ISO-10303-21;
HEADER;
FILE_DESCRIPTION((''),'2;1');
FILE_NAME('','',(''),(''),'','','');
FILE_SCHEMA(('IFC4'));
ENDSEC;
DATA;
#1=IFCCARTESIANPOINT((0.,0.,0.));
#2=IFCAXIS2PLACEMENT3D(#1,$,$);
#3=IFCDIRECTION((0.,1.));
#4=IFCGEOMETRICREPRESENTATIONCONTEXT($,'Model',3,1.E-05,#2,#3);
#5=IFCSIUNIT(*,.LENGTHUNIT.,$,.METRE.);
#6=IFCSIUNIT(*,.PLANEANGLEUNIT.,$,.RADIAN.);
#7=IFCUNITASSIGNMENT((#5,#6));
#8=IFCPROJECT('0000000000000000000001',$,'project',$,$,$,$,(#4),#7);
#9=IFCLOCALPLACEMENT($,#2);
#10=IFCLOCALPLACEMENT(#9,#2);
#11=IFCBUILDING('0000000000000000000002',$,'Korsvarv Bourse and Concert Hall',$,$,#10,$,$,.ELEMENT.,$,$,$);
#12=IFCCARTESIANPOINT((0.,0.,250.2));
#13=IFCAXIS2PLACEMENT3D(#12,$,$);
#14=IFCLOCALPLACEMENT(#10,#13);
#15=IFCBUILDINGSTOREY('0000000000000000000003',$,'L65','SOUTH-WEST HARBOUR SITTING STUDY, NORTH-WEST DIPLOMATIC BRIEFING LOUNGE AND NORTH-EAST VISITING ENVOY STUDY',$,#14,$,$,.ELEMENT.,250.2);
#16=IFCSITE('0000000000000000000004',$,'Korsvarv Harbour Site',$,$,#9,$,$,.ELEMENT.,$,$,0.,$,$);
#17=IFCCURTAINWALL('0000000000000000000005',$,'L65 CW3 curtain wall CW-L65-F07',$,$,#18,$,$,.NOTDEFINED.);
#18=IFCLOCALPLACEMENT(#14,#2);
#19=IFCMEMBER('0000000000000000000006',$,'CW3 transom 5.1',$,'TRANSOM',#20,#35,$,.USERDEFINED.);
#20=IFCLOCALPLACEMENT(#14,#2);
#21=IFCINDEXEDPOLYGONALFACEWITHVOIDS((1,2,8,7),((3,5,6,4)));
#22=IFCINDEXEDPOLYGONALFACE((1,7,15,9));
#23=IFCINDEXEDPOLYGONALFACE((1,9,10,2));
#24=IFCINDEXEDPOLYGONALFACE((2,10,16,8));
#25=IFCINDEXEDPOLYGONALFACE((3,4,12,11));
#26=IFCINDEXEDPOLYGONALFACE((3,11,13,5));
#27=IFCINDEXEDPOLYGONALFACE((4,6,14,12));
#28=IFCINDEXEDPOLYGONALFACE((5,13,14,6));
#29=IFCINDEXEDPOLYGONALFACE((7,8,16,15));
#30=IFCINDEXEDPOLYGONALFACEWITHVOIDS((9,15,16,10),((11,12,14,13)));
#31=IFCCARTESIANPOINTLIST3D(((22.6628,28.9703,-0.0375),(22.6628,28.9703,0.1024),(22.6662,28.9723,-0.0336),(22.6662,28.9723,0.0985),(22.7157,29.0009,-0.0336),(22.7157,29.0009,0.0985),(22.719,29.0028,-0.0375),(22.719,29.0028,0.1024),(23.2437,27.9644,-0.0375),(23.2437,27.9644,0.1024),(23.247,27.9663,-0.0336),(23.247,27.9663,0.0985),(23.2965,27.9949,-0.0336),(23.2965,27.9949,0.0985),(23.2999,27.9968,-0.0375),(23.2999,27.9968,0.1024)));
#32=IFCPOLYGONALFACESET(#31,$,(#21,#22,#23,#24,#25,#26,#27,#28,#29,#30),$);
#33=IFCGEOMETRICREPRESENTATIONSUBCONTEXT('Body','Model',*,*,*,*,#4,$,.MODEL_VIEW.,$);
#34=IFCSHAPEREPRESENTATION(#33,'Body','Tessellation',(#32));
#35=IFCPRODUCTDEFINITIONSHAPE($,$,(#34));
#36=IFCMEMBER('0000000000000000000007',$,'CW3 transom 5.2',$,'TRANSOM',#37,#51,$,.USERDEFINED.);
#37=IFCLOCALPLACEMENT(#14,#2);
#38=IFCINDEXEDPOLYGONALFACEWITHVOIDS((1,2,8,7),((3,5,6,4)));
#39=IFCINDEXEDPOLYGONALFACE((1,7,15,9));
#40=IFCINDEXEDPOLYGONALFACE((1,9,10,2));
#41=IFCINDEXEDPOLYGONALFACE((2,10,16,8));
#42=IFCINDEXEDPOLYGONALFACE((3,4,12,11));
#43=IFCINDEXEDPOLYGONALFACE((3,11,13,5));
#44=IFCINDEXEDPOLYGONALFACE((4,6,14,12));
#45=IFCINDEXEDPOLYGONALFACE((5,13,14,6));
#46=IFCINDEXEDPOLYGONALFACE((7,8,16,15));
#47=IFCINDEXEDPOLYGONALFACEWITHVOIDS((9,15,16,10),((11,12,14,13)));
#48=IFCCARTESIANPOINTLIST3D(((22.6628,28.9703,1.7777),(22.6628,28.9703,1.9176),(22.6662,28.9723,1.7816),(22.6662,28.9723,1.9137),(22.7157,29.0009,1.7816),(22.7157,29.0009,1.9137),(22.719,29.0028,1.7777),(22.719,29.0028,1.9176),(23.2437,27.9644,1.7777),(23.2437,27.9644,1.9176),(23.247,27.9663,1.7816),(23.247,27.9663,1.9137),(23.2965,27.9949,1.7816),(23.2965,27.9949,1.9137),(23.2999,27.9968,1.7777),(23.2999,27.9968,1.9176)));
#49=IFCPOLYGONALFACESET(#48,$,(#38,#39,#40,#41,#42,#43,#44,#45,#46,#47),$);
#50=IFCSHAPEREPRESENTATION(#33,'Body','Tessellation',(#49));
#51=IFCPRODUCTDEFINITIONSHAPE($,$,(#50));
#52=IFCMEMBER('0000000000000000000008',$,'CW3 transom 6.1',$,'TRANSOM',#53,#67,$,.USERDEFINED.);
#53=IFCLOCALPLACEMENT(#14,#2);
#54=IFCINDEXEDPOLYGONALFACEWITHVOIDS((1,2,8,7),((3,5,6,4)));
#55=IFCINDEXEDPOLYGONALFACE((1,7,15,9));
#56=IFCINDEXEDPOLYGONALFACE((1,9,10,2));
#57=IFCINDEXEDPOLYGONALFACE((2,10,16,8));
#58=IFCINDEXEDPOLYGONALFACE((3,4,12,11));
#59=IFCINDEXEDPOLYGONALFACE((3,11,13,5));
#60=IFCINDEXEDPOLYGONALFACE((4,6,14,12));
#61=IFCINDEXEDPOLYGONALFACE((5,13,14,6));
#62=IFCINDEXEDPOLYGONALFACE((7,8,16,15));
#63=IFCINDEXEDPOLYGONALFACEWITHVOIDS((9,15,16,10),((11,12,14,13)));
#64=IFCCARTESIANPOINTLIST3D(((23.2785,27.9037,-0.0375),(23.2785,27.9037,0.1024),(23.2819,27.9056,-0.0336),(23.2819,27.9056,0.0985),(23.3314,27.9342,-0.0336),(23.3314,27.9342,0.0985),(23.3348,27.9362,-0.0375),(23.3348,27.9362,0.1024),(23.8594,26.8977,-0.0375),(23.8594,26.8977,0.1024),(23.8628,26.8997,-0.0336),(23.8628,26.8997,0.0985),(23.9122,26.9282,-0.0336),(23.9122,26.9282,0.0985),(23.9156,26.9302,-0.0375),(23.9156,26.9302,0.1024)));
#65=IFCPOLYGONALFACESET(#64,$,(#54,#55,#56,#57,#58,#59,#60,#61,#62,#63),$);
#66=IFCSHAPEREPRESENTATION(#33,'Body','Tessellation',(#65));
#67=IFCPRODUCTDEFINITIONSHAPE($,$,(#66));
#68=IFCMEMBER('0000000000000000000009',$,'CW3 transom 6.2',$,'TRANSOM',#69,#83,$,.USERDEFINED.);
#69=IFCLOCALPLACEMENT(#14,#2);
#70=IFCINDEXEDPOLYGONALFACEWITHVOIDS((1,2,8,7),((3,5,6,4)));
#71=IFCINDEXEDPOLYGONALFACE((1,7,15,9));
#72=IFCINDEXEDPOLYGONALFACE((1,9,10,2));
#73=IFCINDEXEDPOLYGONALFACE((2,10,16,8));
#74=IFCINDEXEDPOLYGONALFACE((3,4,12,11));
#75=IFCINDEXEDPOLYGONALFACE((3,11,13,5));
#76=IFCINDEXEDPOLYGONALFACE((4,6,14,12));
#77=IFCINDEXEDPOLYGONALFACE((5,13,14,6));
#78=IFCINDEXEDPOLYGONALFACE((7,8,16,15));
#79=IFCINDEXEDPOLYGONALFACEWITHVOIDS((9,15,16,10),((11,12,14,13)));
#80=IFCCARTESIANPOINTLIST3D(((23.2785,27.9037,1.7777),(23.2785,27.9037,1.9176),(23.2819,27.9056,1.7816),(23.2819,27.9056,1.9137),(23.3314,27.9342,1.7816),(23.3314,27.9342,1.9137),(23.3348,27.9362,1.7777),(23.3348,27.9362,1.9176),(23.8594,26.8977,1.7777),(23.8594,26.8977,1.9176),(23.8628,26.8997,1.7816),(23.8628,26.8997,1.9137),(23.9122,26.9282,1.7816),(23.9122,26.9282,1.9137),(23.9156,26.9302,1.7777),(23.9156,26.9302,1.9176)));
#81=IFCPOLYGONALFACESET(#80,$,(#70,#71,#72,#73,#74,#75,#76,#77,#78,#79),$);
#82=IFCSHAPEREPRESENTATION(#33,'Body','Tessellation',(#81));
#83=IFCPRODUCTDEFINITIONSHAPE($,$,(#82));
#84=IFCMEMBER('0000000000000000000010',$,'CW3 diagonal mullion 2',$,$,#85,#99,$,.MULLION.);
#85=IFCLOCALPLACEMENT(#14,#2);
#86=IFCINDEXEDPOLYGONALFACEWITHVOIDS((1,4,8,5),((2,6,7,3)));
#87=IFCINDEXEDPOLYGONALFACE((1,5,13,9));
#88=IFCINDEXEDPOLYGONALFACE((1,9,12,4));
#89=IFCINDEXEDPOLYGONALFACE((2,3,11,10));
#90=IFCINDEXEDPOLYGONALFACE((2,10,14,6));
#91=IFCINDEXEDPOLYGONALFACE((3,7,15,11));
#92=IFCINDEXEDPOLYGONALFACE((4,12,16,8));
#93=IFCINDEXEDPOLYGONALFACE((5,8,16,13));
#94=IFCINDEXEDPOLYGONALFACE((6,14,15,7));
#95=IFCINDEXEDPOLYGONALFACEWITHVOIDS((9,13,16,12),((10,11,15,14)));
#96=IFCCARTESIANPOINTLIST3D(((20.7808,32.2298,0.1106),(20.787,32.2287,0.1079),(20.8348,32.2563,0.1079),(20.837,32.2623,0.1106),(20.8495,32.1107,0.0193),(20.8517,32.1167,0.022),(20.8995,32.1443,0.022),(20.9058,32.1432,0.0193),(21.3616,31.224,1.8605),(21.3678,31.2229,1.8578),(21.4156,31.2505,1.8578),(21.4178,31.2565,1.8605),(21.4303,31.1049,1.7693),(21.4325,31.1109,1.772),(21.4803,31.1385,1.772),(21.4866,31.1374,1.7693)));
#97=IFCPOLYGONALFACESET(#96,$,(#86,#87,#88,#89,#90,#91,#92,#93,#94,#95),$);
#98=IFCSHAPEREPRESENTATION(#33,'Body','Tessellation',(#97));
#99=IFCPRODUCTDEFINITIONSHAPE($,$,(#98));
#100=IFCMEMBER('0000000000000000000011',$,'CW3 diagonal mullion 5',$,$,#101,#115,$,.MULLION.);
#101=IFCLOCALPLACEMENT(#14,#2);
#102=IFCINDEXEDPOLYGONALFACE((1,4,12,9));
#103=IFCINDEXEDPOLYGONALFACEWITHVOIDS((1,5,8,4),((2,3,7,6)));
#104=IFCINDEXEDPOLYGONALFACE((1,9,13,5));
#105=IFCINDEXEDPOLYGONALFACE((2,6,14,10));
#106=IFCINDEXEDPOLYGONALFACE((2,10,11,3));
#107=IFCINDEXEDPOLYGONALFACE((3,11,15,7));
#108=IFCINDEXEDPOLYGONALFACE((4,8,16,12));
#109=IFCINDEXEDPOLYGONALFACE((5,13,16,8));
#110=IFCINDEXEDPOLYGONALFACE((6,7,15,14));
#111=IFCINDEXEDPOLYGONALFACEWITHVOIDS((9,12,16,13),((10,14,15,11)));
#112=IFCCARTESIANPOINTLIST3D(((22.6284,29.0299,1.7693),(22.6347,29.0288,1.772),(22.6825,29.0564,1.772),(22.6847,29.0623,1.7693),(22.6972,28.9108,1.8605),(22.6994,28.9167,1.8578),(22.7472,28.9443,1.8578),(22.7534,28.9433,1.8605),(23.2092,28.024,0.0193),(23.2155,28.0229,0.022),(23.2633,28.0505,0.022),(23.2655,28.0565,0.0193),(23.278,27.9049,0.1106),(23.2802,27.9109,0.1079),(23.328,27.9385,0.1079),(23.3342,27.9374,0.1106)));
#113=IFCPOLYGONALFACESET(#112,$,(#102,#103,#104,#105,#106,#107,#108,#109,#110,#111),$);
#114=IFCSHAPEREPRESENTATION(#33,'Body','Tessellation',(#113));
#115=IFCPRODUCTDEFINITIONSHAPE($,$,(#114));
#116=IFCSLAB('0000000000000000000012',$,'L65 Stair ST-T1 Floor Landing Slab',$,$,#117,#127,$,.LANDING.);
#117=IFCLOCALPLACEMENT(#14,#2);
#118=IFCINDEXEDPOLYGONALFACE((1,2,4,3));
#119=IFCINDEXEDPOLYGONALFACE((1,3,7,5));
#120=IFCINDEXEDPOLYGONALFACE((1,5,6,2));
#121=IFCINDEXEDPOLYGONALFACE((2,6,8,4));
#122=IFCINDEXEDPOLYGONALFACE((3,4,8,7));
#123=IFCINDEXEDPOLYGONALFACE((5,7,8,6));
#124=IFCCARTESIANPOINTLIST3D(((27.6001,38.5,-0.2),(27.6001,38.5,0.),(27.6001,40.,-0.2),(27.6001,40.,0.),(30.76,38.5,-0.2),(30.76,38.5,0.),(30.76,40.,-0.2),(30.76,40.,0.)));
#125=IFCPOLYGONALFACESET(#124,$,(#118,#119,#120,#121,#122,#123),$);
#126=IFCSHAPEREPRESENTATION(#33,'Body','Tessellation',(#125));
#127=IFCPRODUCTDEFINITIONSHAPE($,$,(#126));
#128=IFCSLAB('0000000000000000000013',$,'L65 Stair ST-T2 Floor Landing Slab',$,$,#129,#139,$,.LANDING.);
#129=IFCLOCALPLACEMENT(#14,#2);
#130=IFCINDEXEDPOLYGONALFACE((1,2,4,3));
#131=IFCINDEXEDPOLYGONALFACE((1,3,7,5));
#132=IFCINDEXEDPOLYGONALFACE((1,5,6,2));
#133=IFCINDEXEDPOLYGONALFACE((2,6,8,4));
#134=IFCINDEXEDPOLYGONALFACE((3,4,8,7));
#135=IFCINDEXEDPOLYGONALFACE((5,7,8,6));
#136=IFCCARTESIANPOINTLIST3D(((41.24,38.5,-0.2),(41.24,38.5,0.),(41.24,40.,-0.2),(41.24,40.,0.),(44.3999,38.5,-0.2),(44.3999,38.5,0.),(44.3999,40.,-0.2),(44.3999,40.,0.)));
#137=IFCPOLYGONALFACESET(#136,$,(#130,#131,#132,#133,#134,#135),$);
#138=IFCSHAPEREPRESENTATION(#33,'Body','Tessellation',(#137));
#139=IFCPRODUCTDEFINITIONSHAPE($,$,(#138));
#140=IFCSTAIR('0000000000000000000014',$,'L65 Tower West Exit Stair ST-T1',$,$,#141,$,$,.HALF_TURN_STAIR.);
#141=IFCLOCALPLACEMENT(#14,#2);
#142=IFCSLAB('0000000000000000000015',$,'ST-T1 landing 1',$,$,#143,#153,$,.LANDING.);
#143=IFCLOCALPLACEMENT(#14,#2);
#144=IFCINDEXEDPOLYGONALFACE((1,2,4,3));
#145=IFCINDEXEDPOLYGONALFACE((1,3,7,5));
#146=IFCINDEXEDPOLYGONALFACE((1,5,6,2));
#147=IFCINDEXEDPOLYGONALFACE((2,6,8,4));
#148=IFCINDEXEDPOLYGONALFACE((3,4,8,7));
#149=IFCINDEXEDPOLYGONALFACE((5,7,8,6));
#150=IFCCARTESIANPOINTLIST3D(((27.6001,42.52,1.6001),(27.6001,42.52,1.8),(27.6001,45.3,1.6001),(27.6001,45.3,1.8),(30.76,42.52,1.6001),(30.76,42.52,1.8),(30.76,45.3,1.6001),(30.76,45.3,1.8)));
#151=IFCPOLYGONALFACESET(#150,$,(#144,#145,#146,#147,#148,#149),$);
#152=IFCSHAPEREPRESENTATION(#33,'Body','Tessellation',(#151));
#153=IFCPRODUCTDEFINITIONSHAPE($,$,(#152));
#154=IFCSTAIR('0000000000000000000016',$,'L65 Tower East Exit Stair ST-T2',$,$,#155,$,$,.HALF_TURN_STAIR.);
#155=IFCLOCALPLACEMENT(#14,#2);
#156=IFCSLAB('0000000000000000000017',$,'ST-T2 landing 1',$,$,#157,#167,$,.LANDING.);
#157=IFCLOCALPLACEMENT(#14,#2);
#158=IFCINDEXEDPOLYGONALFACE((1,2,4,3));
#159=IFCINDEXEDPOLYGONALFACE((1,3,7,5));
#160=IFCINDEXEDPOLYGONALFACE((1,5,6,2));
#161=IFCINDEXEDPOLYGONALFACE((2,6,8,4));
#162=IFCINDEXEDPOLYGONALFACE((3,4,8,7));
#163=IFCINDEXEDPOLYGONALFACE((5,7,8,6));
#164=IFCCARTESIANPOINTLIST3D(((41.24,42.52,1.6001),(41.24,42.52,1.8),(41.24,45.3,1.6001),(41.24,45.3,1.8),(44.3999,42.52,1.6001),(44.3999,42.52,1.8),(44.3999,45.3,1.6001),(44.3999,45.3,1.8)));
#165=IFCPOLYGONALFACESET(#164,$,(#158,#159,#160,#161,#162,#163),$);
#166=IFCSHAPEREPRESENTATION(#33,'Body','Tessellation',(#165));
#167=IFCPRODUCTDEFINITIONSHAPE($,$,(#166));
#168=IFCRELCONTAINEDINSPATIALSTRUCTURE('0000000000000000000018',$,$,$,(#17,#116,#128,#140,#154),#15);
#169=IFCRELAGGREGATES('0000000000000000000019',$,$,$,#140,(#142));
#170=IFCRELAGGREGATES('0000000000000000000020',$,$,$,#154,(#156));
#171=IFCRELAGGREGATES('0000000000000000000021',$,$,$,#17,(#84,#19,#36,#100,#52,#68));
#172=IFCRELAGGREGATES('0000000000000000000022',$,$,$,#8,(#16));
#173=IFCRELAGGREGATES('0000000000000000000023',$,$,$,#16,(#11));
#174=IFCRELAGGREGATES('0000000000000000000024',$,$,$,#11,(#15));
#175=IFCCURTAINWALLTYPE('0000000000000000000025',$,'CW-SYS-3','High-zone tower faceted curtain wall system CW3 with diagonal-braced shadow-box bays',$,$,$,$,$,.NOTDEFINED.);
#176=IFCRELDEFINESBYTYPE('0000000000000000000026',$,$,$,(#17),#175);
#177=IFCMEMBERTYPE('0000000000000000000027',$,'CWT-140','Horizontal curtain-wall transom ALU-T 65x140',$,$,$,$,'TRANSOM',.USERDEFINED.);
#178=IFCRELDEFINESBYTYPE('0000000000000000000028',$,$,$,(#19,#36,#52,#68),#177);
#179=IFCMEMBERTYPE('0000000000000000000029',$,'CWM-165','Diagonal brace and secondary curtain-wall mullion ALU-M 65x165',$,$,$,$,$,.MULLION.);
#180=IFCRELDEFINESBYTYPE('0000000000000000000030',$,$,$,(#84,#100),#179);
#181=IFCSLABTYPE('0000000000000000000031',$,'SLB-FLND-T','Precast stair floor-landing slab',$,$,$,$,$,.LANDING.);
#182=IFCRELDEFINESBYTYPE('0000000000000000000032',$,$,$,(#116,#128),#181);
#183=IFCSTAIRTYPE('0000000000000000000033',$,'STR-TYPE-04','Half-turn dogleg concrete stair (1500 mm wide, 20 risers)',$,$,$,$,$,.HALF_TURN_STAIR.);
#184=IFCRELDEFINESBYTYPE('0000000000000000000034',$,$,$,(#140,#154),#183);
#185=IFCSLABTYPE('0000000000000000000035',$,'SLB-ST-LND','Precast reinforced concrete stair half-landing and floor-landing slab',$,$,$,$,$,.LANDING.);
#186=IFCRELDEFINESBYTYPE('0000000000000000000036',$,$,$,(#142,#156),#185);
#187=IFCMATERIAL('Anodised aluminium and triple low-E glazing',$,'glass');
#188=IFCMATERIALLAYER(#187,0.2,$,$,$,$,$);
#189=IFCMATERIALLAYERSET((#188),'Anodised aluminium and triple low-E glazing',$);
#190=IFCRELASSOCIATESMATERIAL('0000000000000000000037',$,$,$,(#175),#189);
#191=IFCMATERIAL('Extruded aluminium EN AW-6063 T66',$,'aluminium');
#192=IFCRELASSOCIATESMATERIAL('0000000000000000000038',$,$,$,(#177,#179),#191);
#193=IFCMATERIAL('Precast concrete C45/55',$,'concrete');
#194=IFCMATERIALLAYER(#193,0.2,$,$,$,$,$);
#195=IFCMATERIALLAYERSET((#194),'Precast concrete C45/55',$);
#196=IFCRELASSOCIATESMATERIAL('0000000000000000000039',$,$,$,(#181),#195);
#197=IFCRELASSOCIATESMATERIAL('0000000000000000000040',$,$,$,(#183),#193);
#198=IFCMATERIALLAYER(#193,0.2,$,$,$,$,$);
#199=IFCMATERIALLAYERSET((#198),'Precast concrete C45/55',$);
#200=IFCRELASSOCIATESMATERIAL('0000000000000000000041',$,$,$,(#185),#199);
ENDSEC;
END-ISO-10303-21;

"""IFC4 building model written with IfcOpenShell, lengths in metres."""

from ifc_helpers import new_model, si_unit, direction, frame, origin, origin_2d, place, context, subcontext, project, spatial, polyline, hollow_rectangle, outline, extrude, source, transform, mapped, material, layer, layer_set, material_profile, profile_set, type_object, element, aggregate, save


model = new_model("IFC4")

# Units and contexts
model_context = context("Model", 3, precision=1e-05, world=origin(), true_north=direction((0.0, 1.0)))
body_context = subcontext(model_context, "Body", "Model", "MODEL_VIEW")
ifc_project = project(units=[si_unit("LENGTHUNIT", "METRE"), si_unit("PLANEANGLEUNIT", "RADIAN")], contexts=[model_context])

# Site, building, storey
site_placement = place(None, origin())
site = spatial("IfcSite", under=ifc_project, at=site_placement, Name="Korsvarv Harbour Site", CompositionType="ELEMENT", RefElevation=0.0)
building_placement = place(site_placement, origin())
building = spatial("IfcBuilding", under=site, at=building_placement, Name="Korsvarv Bourse and Concert Hall", CompositionType="ELEMENT")
storey_placement = place(building_placement, frame((0.0, 0.0, 250.2)))
storey = spatial("IfcBuildingStorey", under=building, at=storey_placement, Name="L65", Description="SOUTH-WEST HARBOUR SITTING STUDY, NORTH-WEST DIPLOMATIC BRIEFING LOUNGE AND NORTH-EAST VISITING ENVOY STUDY", CompositionType="ELEMENT", Elevation=250.2)

# Curtain wall, members
ifc_material_1 = material(Name="Anodised aluminium and triple low-E glazing", Category="glass")
ifc_layer_1 = layer(ifc_material_1, 0.2)
ifc_layer_set_1 = layer_set([ifc_layer_1], Name="Anodised aluminium and triple low-E glazing")
curtain_wall_type = type_object("IfcCurtainWallType", Name="CW-SYS-3", Description="High-zone tower faceted curtain wall system CW3 with diagonal-braced shadow-box bays", PredefinedType="NOTDEFINED", material=ifc_layer_set_1)
curtain_wall_placement = place(storey_placement, origin())
curtain_wall = element("IfcCurtainWall", 1, at=curtain_wall_placement, inside=storey, type_object=curtain_wall_type, Name="L65 CW3 curtain wall CW-L65-F07", PredefinedType="NOTDEFINED")
ifc_material_2 = material(Name="Extruded aluminium EN AW-6063 T66", Category="aluminium")
ifc_material_profile_1 = material_profile(ifc_material_2, hollow_rectangle(XDim=0.0649, YDim=0.1399, WallThickness=0.0039, at=origin_2d()), Name="ALU-T 65x140")
ifc_profile_set_1 = profile_set([ifc_material_profile_1], Name="Extruded aluminium EN AW-6063 T66")
member_type_1 = type_object("IfcMemberType", Name="CWT-140", Description="Horizontal curtain-wall transom ALU-T 65x140", ElementType="TRANSOM", PredefinedType="USERDEFINED", material=ifc_profile_set_1)
shared_shape_1 = source(origin(), body_context, "Body", "SweptSolid", [
    extrude(hollow_rectangle(XDim=0.0649, YDim=0.1399, WallThickness=0.0039, at=origin_2d()), origin(), (0.0, 0.0, 1.0), 1.1616),
])
member_1_placement = place(storey_placement, frame((22.6909, 28.9866, 0.0325), z_axis=(0.50005, -0.865997, 0.0), x_axis=(0.865997, 0.50005, 0.0)))
member_1 = element("IfcMember", 2, at=member_1_placement, type_object=member_type_1, Name="CW3 transom 5.1", ObjectType="TRANSOM", PredefinedType="USERDEFINED", context=body_context, shape_type="MappedRepresentation", body=[
    mapped(shared_shape_1, transform((0.0, 0.0, 0.0), scale=1.0)),
])
member_2_placement = place(storey_placement, frame((22.6909, 28.9866, 1.8477), z_axis=(0.50005, -0.865997, 0.0), x_axis=(0.865997, 0.50005, 0.0)))
member_2 = element("IfcMember", 3, at=member_2_placement, type_object=member_type_1, Name="CW3 transom 5.2", ObjectType="TRANSOM", PredefinedType="USERDEFINED", context=body_context, shape_type="MappedRepresentation", body=[
    mapped(shared_shape_1, transform((0.0, 0.0, 0.0), scale=1.0)),
])
member_3_placement = place(storey_placement, frame((23.3066, 27.9199, 0.0325), z_axis=(0.50005, -0.865997, 0.0), x_axis=(0.865997, 0.50005, 0.0)))
member_3 = element("IfcMember", 4, at=member_3_placement, type_object=member_type_1, Name="CW3 transom 6.1", ObjectType="TRANSOM", PredefinedType="USERDEFINED", context=body_context, shape_type="MappedRepresentation", body=[
    mapped(shared_shape_1, transform((0.0, 0.0, 0.0), scale=1.0)),
])
member_4_placement = place(storey_placement, frame((23.3066, 27.9199, 1.8477), z_axis=(0.50005, -0.865997, 0.0), x_axis=(0.865997, 0.50005, 0.0)))
member_4 = element("IfcMember", 5, at=member_4_placement, type_object=member_type_1, Name="CW3 transom 6.2", ObjectType="TRANSOM", PredefinedType="USERDEFINED", context=body_context, shape_type="MappedRepresentation", body=[
    mapped(shared_shape_1, transform((0.0, 0.0, 0.0), scale=1.0)),
])
ifc_material_profile_2 = material_profile(ifc_material_2, hollow_rectangle(XDim=0.0649, YDim=0.165, WallThickness=0.0049, at=origin_2d()), Name="ALU-M 65x165")
ifc_profile_set_2 = profile_set([ifc_material_profile_2], Name="Extruded aluminium EN AW-6063 T66")
member_type_2 = type_object("IfcMemberType", Name="CWM-165", Description="Diagonal brace and secondary curtain-wall mullion ALU-M 65x165", PredefinedType="MULLION", material=ifc_profile_set_2)
shared_shape_2 = source(origin(), body_context, "Body", "SweptSolid", [
    extrude(hollow_rectangle(XDim=0.0649, YDim=0.165, WallThickness=0.0049, at=origin_2d()), origin(), (0.0, 0.0, 1.0), 2.1003),
])
member_5_placement = place(storey_placement, frame((20.8433, 32.1865, 0.0649), z_axis=(0.276526, -0.478894, 0.833183), x_axis=(0.865997, 0.50005, 0.0)))
member_5 = element("IfcMember", 6, at=member_5_placement, type_object=member_type_2, Name="CW3 diagonal mullion 2", PredefinedType="MULLION", context=body_context, shape_type="MappedRepresentation", body=[
    mapped(shared_shape_2, transform((0.0, 0.0, 0.0), scale=1.0)),
])
member_6_placement = place(storey_placement, frame((23.2717, 27.9807, 0.0649), z_axis=(-0.276526, 0.478894, 0.833183), x_axis=(-0.865997, -0.50005, 0.0)))
member_6 = element("IfcMember", 7, at=member_6_placement, type_object=member_type_2, Name="CW3 diagonal mullion 5", PredefinedType="MULLION", context=body_context, shape_type="MappedRepresentation", body=[
    mapped(shared_shape_2, transform((0.0, 0.0, 0.0), scale=1.0)),
])

# Slabs
ifc_material_3 = material(Name="Precast concrete C45/55", Category="concrete")
ifc_layer_2 = layer(ifc_material_3, 0.2)
ifc_layer_set_2 = layer_set([ifc_layer_2], Name="Precast concrete C45/55")
slab_type_1 = type_object("IfcSlabType", Name="SLB-FLND-T", Description="Precast stair floor-landing slab", PredefinedType="LANDING", material=ifc_layer_set_2)
slab_1_placement = place(storey_placement, frame((0.0, 0.0, -0.2)))
element("IfcSlab", 8, at=slab_1_placement, inside=storey, type_object=slab_type_1, Name="L65 Stair ST-T1 Floor Landing Slab", PredefinedType="LANDING", context=body_context, shape_type="SweptSolid", body=[
    extrude(outline(polyline([(30.76, 38.5), (30.76, 40.0), (27.6001, 40.0), (27.6001, 38.5), (30.76, 38.5)])), origin(), (0.0, 0.0, 1.0), 0.2),
])
slab_2_placement = place(storey_placement, frame((0.0, 0.0, -0.2)))
element("IfcSlab", 9, at=slab_2_placement, inside=storey, type_object=slab_type_1, Name="L65 Stair ST-T2 Floor Landing Slab", PredefinedType="LANDING", context=body_context, shape_type="SweptSolid", body=[
    extrude(outline(polyline([(44.3999, 38.5), (44.3999, 40.0), (41.24, 40.0), (41.24, 38.5), (44.3999, 38.5)])), origin(), (0.0, 0.0, 1.0), 0.2),
])

# Stairs, slabs
stair_type = type_object("IfcStairType", Name="STR-TYPE-04", Description="Half-turn dogleg concrete stair (1500 mm wide, 20 risers)", PredefinedType="HALF_TURN_STAIR", material=ifc_material_3)
stair_1_placement = place(storey_placement, origin())
stair_1 = element("IfcStair", 10, at=stair_1_placement, inside=storey, type_object=stair_type, Name="L65 Tower West Exit Stair ST-T1", PredefinedType="HALF_TURN_STAIR")
ifc_layer_3 = layer(ifc_material_3, 0.2)
ifc_layer_set_3 = layer_set([ifc_layer_3], Name="Precast concrete C45/55")
slab_type_2 = type_object("IfcSlabType", Name="SLB-ST-LND", Description="Precast reinforced concrete stair half-landing and floor-landing slab", PredefinedType="LANDING", material=ifc_layer_set_3)
slab_3_placement = place(storey_placement, frame((0.0, 0.0, 1.6001)))
slab_3 = element("IfcSlab", 11, at=slab_3_placement, type_object=slab_type_2, Name="ST-T1 landing 1", PredefinedType="LANDING", context=body_context, shape_type="SweptSolid", body=[
    extrude(outline(polyline([(30.76, 42.52), (30.76, 45.3), (27.6001, 45.3), (27.6001, 42.52), (30.76, 42.52)])), origin(), (0.0, 0.0, 1.0), 0.2),
])
aggregate(stair_1, [slab_3])
stair_2_placement = place(storey_placement, origin())
stair_2 = element("IfcStair", 12, at=stair_2_placement, inside=storey, type_object=stair_type, Name="L65 Tower East Exit Stair ST-T2", PredefinedType="HALF_TURN_STAIR")
slab_4_placement = place(storey_placement, frame((0.0, 0.0, 1.6001)))
slab_4 = element("IfcSlab", 13, at=slab_4_placement, type_object=slab_type_2, Name="ST-T2 landing 1", PredefinedType="LANDING", context=body_context, shape_type="SweptSolid", body=[
    extrude(outline(polyline([(44.3999, 42.52), (44.3999, 45.3), (41.24, 45.3), (41.24, 42.52), (44.3999, 42.52)])), origin(), (0.0, 0.0, 1.0), 0.2),
])
aggregate(stair_2, [slab_4])

aggregate(curtain_wall, [member_5, member_1, member_2, member_6, member_3, member_4])

save(model, "model.ifc")
